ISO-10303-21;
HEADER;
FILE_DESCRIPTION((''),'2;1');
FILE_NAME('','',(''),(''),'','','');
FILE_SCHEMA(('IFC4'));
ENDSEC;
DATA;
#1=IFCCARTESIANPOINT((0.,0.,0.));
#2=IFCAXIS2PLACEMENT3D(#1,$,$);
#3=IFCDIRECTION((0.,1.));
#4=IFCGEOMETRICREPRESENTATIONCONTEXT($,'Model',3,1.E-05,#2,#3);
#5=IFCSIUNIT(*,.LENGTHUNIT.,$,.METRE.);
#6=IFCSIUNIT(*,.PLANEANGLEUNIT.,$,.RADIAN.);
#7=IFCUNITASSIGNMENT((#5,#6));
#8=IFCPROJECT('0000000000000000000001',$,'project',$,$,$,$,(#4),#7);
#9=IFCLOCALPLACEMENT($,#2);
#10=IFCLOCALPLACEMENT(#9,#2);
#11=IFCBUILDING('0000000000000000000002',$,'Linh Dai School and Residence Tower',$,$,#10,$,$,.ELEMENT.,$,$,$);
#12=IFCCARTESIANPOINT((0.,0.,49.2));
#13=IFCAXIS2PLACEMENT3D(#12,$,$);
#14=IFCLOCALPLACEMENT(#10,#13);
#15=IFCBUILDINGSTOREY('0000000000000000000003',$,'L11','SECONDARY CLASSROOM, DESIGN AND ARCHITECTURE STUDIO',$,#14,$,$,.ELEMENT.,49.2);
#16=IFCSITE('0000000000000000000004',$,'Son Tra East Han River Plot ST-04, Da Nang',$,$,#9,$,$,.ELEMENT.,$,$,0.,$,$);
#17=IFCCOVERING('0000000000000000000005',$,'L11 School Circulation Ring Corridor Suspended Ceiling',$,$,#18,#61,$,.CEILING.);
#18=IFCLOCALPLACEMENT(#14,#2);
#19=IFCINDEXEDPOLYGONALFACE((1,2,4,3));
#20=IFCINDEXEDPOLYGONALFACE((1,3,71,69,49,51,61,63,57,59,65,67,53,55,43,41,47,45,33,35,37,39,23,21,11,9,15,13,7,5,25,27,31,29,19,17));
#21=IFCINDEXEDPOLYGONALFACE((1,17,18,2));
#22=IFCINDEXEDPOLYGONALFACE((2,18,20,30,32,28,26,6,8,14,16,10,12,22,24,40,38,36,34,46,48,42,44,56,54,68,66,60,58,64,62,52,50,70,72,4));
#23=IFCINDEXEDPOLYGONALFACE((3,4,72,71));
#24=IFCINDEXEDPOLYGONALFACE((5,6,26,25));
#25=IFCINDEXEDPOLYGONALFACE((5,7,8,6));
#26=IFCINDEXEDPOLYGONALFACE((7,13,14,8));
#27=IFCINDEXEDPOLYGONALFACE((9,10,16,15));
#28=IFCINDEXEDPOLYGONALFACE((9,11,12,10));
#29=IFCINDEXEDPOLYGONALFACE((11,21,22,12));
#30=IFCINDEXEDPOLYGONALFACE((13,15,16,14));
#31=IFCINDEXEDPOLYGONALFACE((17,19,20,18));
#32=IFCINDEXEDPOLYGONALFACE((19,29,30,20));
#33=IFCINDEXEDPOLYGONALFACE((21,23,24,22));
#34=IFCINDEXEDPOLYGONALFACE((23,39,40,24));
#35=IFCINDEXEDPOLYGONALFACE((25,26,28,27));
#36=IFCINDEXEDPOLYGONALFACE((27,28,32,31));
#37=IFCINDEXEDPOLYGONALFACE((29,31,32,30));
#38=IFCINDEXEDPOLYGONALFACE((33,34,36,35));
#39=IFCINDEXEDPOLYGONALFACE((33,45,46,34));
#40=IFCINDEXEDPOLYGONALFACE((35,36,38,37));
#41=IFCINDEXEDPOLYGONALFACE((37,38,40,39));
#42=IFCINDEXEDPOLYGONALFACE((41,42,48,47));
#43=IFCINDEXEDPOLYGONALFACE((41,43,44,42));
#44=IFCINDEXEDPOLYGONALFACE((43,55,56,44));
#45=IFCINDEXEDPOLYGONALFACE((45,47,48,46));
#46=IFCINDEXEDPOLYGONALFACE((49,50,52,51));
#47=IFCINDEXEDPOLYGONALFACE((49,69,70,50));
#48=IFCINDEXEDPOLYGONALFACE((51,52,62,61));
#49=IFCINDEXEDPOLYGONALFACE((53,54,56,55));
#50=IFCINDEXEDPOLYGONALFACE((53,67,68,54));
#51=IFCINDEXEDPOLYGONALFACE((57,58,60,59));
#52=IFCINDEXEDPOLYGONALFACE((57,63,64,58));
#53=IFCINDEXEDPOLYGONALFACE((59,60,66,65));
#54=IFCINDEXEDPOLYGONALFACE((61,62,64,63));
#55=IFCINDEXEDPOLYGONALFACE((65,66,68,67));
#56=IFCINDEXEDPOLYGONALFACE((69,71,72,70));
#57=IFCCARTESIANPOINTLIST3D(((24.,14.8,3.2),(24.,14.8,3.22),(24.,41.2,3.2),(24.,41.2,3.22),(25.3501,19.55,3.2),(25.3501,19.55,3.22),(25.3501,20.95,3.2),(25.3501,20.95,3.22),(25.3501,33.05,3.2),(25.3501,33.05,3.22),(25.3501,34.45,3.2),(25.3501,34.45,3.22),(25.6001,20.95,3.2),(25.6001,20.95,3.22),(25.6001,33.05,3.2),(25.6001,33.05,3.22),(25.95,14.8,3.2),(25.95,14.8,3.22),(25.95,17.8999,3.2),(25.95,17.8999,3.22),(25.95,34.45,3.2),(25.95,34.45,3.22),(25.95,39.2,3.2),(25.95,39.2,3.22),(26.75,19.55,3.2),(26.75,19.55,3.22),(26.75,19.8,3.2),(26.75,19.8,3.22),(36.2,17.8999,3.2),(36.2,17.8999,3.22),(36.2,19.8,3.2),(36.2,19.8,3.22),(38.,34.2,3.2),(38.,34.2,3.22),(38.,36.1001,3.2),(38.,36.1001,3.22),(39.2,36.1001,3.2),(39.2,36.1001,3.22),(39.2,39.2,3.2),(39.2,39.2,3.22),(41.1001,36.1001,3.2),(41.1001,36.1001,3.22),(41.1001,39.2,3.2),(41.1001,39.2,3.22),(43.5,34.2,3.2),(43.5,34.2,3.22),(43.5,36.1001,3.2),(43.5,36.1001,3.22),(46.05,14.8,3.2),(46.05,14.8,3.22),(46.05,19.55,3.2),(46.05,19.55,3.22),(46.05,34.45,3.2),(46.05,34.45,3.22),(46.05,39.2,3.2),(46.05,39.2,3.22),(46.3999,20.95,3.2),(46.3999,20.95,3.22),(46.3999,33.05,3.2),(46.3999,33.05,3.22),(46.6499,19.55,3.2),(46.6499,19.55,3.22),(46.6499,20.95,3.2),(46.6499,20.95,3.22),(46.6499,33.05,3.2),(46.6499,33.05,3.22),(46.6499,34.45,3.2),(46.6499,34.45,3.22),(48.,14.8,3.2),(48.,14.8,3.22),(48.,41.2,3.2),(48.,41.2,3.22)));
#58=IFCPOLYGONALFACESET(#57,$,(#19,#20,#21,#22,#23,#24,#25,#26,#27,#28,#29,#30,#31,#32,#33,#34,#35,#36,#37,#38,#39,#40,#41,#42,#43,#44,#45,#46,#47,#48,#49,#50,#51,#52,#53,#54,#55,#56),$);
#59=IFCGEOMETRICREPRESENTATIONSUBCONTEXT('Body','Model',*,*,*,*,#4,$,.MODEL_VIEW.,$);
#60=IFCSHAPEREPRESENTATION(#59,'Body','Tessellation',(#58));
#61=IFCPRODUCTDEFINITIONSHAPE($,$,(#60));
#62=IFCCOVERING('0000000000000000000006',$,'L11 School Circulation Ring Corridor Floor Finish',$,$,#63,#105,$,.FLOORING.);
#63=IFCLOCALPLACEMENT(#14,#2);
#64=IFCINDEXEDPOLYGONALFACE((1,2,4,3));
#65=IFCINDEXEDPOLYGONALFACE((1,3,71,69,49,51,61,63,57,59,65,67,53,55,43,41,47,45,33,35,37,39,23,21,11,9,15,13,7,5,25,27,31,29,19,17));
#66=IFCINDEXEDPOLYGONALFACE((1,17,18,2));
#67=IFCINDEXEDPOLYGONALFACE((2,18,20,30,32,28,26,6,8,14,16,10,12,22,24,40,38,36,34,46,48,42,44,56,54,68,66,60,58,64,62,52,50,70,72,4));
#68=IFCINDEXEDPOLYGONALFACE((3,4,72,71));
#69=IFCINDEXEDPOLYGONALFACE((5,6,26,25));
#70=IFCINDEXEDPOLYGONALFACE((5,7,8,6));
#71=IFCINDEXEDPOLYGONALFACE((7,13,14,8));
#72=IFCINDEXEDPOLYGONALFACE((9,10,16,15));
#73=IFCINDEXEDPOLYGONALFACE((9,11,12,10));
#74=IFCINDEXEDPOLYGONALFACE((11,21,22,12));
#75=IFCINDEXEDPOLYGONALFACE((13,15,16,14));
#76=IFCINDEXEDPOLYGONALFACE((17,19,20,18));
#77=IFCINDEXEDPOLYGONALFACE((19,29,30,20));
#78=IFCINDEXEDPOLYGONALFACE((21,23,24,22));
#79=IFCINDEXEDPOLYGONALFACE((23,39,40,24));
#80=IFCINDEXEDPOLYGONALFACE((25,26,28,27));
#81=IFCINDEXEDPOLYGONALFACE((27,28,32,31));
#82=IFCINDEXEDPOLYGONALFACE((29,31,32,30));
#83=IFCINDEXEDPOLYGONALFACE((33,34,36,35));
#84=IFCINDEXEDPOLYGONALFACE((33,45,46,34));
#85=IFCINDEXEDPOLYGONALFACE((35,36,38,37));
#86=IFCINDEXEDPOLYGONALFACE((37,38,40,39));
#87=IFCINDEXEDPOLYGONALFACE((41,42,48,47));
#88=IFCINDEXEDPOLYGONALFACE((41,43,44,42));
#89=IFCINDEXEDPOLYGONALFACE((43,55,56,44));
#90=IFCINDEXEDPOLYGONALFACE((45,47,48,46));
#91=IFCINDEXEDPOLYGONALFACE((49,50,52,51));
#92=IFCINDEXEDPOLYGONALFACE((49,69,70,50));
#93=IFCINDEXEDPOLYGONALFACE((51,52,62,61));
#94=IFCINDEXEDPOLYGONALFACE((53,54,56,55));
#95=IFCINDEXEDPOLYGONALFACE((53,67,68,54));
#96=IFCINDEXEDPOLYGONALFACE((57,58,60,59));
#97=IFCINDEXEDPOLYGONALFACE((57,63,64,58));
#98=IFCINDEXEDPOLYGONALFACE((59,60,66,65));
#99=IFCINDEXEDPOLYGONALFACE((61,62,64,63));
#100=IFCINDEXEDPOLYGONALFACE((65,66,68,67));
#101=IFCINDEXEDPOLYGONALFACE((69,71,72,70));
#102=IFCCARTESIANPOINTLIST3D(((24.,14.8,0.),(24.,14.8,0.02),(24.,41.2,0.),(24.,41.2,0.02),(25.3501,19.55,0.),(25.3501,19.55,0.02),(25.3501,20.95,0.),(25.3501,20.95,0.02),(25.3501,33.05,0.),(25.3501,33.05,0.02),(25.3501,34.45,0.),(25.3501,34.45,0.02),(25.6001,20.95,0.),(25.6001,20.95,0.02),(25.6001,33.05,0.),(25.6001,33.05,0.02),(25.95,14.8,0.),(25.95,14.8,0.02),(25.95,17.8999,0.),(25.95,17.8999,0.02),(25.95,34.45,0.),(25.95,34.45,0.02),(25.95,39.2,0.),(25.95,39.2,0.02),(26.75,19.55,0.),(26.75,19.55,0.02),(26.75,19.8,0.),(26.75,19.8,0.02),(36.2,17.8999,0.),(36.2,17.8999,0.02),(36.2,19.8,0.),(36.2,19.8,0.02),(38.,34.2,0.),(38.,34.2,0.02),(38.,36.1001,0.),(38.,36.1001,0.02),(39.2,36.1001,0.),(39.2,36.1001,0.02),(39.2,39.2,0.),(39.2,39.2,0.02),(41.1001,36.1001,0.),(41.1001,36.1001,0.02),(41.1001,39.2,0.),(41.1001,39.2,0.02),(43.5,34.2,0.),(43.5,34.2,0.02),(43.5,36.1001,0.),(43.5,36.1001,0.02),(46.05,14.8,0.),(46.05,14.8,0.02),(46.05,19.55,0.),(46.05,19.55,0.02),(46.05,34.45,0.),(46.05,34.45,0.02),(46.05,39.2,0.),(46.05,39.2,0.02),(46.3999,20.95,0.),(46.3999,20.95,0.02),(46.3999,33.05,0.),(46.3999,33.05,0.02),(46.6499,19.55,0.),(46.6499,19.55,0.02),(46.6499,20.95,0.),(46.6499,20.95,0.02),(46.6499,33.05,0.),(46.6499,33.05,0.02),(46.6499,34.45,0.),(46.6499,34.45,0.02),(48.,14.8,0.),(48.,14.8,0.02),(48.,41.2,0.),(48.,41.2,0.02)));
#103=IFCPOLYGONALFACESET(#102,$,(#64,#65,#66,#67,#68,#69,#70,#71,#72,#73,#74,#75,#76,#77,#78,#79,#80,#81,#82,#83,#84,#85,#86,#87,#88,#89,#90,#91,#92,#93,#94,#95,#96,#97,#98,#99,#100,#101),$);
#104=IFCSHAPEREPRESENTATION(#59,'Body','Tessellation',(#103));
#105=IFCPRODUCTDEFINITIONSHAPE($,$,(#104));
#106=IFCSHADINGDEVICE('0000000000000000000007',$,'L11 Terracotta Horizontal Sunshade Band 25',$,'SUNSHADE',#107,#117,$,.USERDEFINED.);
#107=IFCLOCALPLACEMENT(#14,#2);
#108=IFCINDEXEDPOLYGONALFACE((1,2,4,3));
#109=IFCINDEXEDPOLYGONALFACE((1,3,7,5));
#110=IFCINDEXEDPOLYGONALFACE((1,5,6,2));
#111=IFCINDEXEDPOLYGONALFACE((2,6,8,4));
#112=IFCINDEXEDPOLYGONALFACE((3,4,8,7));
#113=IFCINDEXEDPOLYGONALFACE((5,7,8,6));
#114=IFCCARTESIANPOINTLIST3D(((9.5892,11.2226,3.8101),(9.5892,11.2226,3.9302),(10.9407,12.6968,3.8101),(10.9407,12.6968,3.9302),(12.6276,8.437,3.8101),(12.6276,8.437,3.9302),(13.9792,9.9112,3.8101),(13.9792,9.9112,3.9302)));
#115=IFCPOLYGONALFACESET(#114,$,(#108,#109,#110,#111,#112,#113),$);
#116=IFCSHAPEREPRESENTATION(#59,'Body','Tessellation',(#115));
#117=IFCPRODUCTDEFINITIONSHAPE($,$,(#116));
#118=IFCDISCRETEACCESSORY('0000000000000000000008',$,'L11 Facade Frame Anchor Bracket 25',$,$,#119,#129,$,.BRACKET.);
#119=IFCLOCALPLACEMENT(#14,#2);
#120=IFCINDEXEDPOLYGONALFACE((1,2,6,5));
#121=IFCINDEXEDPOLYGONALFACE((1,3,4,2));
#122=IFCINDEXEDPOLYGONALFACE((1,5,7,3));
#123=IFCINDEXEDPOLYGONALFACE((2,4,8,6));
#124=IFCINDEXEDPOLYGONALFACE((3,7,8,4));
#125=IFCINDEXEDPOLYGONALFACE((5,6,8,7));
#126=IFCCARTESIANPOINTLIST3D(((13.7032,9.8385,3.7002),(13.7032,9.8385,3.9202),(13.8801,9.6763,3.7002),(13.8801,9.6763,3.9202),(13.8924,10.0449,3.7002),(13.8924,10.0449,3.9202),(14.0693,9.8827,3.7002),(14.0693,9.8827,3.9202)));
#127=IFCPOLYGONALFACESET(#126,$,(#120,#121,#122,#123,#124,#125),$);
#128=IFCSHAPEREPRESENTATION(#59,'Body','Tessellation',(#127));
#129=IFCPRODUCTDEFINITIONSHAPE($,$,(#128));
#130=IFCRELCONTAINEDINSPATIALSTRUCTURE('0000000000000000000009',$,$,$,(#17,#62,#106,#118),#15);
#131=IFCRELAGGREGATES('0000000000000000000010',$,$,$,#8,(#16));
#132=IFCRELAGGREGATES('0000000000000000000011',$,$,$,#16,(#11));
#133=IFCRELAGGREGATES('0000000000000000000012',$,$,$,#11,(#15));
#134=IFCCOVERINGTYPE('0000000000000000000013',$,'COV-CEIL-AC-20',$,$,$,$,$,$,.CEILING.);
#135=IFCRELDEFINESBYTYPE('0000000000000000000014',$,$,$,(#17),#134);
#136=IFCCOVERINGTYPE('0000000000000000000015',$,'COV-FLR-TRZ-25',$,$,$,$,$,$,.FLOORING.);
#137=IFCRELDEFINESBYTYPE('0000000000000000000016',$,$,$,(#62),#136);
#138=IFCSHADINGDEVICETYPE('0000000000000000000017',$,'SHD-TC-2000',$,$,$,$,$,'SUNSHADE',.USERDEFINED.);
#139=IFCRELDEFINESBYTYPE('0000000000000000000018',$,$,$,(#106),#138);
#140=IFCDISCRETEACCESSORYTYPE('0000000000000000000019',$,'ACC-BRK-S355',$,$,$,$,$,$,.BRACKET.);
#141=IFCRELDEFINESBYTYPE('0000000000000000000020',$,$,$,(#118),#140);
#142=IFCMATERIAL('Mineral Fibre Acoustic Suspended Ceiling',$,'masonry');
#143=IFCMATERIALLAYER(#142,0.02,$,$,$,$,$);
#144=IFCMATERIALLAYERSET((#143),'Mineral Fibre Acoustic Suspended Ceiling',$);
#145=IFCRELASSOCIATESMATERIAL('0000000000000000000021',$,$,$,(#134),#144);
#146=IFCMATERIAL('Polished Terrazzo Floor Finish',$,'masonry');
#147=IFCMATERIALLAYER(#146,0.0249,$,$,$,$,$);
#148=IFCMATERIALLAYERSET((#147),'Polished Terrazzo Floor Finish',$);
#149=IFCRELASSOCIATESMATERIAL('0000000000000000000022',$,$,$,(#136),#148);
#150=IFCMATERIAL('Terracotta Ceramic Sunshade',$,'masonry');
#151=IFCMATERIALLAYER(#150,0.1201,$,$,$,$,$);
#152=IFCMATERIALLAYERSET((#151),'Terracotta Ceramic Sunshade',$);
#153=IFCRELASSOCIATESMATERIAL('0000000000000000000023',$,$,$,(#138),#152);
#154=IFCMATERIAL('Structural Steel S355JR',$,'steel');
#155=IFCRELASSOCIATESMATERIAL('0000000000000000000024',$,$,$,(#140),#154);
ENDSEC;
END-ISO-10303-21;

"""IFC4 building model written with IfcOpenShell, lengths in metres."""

from ifc_helpers import new_model, si_unit, direction, frame, origin, origin_2d, place, context, subcontext, project, spatial, polyline, rectangle, outline, extrude, source, transform, mapped, material, layer, layer_set, type_object, element, save


model = new_model("IFC4")

# Units and contexts
model_context = context("Model", 3, precision=1e-05, world=origin(), true_north=direction((0.0, 1.0)))
body_context = subcontext(model_context, "Body", "Model", "MODEL_VIEW")
ifc_project = project(units=[si_unit("LENGTHUNIT", "METRE"), si_unit("PLANEANGLEUNIT", "RADIAN")], contexts=[model_context])

# Site, building, storey
site_placement = place(None, origin())
site = spatial("IfcSite", under=ifc_project, at=site_placement, Name="Son Tra East Han River Plot ST-04, Da Nang", CompositionType="ELEMENT", RefElevation=0.0)
building_placement = place(site_placement, origin())
building = spatial("IfcBuilding", under=site, at=building_placement, Name="Linh Dai School and Residence Tower", CompositionType="ELEMENT")
storey_placement = place(building_placement, frame((0.0, 0.0, 49.2)))
storey = spatial("IfcBuildingStorey", under=building, at=storey_placement, Name="L11", Description="SECONDARY CLASSROOM, DESIGN AND ARCHITECTURE STUDIO", CompositionType="ELEMENT", Elevation=49.2)

# Shared definitions
ifc_material_1 = material(Name="Structural Steel S355JR", Category="steel")

# Coverings
ifc_material_2 = material(Name="Mineral Fibre Acoustic Suspended Ceiling", Category="masonry")
ifc_layer_1 = layer(ifc_material_2, 0.02)
ifc_layer_set_1 = layer_set([ifc_layer_1], Name="Mineral Fibre Acoustic Suspended Ceiling")
covering_type_1 = type_object("IfcCoveringType", Name="COV-CEIL-AC-20", PredefinedType="CEILING", material=ifc_layer_set_1)
covering_1_placement = place(storey_placement, frame((0.0, 0.0, 3.2)))
element("IfcCovering", 1, at=covering_1_placement, inside=storey, type_object=covering_type_1, Name="L11 School Circulation Ring Corridor Suspended Ceiling", PredefinedType="CEILING", context=body_context, shape_type="SweptSolid", body=[
    extrude(outline(polyline([(24.0, 41.2), (48.0, 41.2), (48.0, 14.8), (46.05, 14.8), (46.05, 19.55), (46.6499, 19.55), (46.6499, 20.95), (46.3999, 20.95), (46.3999, 33.05), (46.6499, 33.05), (46.6499, 34.45), (46.05, 34.45), (46.05, 39.2), (41.1001, 39.2), (41.1001, 36.1001), (43.5, 36.1001), (43.5, 34.2), (38.0, 34.2), (38.0, 36.1001), (39.2, 36.1001), (39.2, 39.2), (25.95, 39.2), (25.95, 34.45), (25.3501, 34.45), (25.3501, 33.05), (25.6001, 33.05), (25.6001, 20.95), (25.3501, 20.95), (25.3501, 19.55), (26.75, 19.55), (26.75, 19.8), (36.2, 19.8), (36.2, 17.8999), (25.95, 17.8999), (25.95, 14.8), (24.0, 14.8), (24.0, 41.2)])), origin(), (0.0, 0.0, 1.0), 0.02),
])
ifc_material_3 = material(Name="Polished Terrazzo Floor Finish", Category="masonry")
ifc_layer_2 = layer(ifc_material_3, 0.0249)
ifc_layer_set_2 = layer_set([ifc_layer_2], Name="Polished Terrazzo Floor Finish")
covering_type_2 = type_object("IfcCoveringType", Name="COV-FLR-TRZ-25", PredefinedType="FLOORING", material=ifc_layer_set_2)
covering_2_placement = place(storey_placement, origin())
element("IfcCovering", 2, at=covering_2_placement, inside=storey, type_object=covering_type_2, Name="L11 School Circulation Ring Corridor Floor Finish", PredefinedType="FLOORING", context=body_context, shape_type="SweptSolid", body=[
    extrude(outline(polyline([(24.0, 41.2), (48.0, 41.2), (48.0, 14.8), (46.05, 14.8), (46.05, 19.55), (46.6499, 19.55), (46.6499, 20.95), (46.3999, 20.95), (46.3999, 33.05), (46.6499, 33.05), (46.6499, 34.45), (46.05, 34.45), (46.05, 39.2), (41.1001, 39.2), (41.1001, 36.1001), (43.5, 36.1001), (43.5, 34.2), (38.0, 34.2), (38.0, 36.1001), (39.2, 36.1001), (39.2, 39.2), (25.95, 39.2), (25.95, 34.45), (25.3501, 34.45), (25.3501, 33.05), (25.6001, 33.05), (25.6001, 20.95), (25.3501, 20.95), (25.3501, 19.55), (26.75, 19.55), (26.75, 19.8), (36.2, 19.8), (36.2, 17.8999), (25.95, 17.8999), (25.95, 14.8), (24.0, 14.8), (24.0, 41.2)])), origin(), (0.0, 0.0, 1.0), 0.02),
])

# Shading device
ifc_material_4 = material(Name="Terracotta Ceramic Sunshade", Category="masonry")
ifc_layer_3 = layer(ifc_material_4, 0.1201)
ifc_layer_set_3 = layer_set([ifc_layer_3], Name="Terracotta Ceramic Sunshade")
shading_device_type = type_object("IfcShadingDeviceType", Name="SHD-TC-2000", ElementType="SUNSHADE", PredefinedType="USERDEFINED", material=ifc_layer_set_3)
shared_shape_1 = source(origin(), body_context, "Body", "SweptSolid", [
    extrude(rectangle(XDim=4.1221, YDim=2.0, at=origin_2d()), origin(), (0.0, 0.0, 1.0), 0.1201),
])
shading_device_placement = place(storey_placement, frame((11.7842, 10.5669, 3.8101), z_axis=(0.0, 0.0, 1.0), x_axis=(-0.737113, 0.675769, 0.0)))
element("IfcShadingDevice", 3, at=shading_device_placement, inside=storey, type_object=shading_device_type, Name="L11 Terracotta Horizontal Sunshade Band 25", ObjectType="SUNSHADE", PredefinedType="USERDEFINED", context=body_context, shape_type="MappedRepresentation", body=[
    mapped(shared_shape_1, transform((0.0, 0.0, 0.0), x_axis=(1.0, 0.0, 0.0), y_axis=(0.0, 1.0, 0.0), z_axis=(0.0, 0.0, 1.0), scale=1.0)),
])

# Discrete accessory
discrete_accessory_type = type_object("IfcDiscreteAccessoryType", Name="ACC-BRK-S355", PredefinedType="BRACKET", material=ifc_material_1)
shared_shape_2 = source(origin(), body_context, "Body", "SweptSolid", [
    extrude(rectangle(XDim=0.28, YDim=0.24, at=origin_2d()), origin(), (0.0, 0.0, 1.0), 0.22),
])
discrete_accessory_placement = place(storey_placement, frame((13.8862, 9.8606, 3.7002), z_axis=(0.0, 0.0, 1.0), x_axis=(-0.675769, -0.737113, 0.0)))
element("IfcDiscreteAccessory", 4, at=discrete_accessory_placement, inside=storey, type_object=discrete_accessory_type, Name="L11 Facade Frame Anchor Bracket 25", PredefinedType="BRACKET", context=body_context, shape_type="MappedRepresentation", body=[
    mapped(shared_shape_2, transform((0.0, 0.0, 0.0), x_axis=(1.0, 0.0, 0.0), y_axis=(0.0, 1.0, 0.0), z_axis=(0.0, 0.0, 1.0), scale=1.0)),
])

save(model, "model.ifc")
